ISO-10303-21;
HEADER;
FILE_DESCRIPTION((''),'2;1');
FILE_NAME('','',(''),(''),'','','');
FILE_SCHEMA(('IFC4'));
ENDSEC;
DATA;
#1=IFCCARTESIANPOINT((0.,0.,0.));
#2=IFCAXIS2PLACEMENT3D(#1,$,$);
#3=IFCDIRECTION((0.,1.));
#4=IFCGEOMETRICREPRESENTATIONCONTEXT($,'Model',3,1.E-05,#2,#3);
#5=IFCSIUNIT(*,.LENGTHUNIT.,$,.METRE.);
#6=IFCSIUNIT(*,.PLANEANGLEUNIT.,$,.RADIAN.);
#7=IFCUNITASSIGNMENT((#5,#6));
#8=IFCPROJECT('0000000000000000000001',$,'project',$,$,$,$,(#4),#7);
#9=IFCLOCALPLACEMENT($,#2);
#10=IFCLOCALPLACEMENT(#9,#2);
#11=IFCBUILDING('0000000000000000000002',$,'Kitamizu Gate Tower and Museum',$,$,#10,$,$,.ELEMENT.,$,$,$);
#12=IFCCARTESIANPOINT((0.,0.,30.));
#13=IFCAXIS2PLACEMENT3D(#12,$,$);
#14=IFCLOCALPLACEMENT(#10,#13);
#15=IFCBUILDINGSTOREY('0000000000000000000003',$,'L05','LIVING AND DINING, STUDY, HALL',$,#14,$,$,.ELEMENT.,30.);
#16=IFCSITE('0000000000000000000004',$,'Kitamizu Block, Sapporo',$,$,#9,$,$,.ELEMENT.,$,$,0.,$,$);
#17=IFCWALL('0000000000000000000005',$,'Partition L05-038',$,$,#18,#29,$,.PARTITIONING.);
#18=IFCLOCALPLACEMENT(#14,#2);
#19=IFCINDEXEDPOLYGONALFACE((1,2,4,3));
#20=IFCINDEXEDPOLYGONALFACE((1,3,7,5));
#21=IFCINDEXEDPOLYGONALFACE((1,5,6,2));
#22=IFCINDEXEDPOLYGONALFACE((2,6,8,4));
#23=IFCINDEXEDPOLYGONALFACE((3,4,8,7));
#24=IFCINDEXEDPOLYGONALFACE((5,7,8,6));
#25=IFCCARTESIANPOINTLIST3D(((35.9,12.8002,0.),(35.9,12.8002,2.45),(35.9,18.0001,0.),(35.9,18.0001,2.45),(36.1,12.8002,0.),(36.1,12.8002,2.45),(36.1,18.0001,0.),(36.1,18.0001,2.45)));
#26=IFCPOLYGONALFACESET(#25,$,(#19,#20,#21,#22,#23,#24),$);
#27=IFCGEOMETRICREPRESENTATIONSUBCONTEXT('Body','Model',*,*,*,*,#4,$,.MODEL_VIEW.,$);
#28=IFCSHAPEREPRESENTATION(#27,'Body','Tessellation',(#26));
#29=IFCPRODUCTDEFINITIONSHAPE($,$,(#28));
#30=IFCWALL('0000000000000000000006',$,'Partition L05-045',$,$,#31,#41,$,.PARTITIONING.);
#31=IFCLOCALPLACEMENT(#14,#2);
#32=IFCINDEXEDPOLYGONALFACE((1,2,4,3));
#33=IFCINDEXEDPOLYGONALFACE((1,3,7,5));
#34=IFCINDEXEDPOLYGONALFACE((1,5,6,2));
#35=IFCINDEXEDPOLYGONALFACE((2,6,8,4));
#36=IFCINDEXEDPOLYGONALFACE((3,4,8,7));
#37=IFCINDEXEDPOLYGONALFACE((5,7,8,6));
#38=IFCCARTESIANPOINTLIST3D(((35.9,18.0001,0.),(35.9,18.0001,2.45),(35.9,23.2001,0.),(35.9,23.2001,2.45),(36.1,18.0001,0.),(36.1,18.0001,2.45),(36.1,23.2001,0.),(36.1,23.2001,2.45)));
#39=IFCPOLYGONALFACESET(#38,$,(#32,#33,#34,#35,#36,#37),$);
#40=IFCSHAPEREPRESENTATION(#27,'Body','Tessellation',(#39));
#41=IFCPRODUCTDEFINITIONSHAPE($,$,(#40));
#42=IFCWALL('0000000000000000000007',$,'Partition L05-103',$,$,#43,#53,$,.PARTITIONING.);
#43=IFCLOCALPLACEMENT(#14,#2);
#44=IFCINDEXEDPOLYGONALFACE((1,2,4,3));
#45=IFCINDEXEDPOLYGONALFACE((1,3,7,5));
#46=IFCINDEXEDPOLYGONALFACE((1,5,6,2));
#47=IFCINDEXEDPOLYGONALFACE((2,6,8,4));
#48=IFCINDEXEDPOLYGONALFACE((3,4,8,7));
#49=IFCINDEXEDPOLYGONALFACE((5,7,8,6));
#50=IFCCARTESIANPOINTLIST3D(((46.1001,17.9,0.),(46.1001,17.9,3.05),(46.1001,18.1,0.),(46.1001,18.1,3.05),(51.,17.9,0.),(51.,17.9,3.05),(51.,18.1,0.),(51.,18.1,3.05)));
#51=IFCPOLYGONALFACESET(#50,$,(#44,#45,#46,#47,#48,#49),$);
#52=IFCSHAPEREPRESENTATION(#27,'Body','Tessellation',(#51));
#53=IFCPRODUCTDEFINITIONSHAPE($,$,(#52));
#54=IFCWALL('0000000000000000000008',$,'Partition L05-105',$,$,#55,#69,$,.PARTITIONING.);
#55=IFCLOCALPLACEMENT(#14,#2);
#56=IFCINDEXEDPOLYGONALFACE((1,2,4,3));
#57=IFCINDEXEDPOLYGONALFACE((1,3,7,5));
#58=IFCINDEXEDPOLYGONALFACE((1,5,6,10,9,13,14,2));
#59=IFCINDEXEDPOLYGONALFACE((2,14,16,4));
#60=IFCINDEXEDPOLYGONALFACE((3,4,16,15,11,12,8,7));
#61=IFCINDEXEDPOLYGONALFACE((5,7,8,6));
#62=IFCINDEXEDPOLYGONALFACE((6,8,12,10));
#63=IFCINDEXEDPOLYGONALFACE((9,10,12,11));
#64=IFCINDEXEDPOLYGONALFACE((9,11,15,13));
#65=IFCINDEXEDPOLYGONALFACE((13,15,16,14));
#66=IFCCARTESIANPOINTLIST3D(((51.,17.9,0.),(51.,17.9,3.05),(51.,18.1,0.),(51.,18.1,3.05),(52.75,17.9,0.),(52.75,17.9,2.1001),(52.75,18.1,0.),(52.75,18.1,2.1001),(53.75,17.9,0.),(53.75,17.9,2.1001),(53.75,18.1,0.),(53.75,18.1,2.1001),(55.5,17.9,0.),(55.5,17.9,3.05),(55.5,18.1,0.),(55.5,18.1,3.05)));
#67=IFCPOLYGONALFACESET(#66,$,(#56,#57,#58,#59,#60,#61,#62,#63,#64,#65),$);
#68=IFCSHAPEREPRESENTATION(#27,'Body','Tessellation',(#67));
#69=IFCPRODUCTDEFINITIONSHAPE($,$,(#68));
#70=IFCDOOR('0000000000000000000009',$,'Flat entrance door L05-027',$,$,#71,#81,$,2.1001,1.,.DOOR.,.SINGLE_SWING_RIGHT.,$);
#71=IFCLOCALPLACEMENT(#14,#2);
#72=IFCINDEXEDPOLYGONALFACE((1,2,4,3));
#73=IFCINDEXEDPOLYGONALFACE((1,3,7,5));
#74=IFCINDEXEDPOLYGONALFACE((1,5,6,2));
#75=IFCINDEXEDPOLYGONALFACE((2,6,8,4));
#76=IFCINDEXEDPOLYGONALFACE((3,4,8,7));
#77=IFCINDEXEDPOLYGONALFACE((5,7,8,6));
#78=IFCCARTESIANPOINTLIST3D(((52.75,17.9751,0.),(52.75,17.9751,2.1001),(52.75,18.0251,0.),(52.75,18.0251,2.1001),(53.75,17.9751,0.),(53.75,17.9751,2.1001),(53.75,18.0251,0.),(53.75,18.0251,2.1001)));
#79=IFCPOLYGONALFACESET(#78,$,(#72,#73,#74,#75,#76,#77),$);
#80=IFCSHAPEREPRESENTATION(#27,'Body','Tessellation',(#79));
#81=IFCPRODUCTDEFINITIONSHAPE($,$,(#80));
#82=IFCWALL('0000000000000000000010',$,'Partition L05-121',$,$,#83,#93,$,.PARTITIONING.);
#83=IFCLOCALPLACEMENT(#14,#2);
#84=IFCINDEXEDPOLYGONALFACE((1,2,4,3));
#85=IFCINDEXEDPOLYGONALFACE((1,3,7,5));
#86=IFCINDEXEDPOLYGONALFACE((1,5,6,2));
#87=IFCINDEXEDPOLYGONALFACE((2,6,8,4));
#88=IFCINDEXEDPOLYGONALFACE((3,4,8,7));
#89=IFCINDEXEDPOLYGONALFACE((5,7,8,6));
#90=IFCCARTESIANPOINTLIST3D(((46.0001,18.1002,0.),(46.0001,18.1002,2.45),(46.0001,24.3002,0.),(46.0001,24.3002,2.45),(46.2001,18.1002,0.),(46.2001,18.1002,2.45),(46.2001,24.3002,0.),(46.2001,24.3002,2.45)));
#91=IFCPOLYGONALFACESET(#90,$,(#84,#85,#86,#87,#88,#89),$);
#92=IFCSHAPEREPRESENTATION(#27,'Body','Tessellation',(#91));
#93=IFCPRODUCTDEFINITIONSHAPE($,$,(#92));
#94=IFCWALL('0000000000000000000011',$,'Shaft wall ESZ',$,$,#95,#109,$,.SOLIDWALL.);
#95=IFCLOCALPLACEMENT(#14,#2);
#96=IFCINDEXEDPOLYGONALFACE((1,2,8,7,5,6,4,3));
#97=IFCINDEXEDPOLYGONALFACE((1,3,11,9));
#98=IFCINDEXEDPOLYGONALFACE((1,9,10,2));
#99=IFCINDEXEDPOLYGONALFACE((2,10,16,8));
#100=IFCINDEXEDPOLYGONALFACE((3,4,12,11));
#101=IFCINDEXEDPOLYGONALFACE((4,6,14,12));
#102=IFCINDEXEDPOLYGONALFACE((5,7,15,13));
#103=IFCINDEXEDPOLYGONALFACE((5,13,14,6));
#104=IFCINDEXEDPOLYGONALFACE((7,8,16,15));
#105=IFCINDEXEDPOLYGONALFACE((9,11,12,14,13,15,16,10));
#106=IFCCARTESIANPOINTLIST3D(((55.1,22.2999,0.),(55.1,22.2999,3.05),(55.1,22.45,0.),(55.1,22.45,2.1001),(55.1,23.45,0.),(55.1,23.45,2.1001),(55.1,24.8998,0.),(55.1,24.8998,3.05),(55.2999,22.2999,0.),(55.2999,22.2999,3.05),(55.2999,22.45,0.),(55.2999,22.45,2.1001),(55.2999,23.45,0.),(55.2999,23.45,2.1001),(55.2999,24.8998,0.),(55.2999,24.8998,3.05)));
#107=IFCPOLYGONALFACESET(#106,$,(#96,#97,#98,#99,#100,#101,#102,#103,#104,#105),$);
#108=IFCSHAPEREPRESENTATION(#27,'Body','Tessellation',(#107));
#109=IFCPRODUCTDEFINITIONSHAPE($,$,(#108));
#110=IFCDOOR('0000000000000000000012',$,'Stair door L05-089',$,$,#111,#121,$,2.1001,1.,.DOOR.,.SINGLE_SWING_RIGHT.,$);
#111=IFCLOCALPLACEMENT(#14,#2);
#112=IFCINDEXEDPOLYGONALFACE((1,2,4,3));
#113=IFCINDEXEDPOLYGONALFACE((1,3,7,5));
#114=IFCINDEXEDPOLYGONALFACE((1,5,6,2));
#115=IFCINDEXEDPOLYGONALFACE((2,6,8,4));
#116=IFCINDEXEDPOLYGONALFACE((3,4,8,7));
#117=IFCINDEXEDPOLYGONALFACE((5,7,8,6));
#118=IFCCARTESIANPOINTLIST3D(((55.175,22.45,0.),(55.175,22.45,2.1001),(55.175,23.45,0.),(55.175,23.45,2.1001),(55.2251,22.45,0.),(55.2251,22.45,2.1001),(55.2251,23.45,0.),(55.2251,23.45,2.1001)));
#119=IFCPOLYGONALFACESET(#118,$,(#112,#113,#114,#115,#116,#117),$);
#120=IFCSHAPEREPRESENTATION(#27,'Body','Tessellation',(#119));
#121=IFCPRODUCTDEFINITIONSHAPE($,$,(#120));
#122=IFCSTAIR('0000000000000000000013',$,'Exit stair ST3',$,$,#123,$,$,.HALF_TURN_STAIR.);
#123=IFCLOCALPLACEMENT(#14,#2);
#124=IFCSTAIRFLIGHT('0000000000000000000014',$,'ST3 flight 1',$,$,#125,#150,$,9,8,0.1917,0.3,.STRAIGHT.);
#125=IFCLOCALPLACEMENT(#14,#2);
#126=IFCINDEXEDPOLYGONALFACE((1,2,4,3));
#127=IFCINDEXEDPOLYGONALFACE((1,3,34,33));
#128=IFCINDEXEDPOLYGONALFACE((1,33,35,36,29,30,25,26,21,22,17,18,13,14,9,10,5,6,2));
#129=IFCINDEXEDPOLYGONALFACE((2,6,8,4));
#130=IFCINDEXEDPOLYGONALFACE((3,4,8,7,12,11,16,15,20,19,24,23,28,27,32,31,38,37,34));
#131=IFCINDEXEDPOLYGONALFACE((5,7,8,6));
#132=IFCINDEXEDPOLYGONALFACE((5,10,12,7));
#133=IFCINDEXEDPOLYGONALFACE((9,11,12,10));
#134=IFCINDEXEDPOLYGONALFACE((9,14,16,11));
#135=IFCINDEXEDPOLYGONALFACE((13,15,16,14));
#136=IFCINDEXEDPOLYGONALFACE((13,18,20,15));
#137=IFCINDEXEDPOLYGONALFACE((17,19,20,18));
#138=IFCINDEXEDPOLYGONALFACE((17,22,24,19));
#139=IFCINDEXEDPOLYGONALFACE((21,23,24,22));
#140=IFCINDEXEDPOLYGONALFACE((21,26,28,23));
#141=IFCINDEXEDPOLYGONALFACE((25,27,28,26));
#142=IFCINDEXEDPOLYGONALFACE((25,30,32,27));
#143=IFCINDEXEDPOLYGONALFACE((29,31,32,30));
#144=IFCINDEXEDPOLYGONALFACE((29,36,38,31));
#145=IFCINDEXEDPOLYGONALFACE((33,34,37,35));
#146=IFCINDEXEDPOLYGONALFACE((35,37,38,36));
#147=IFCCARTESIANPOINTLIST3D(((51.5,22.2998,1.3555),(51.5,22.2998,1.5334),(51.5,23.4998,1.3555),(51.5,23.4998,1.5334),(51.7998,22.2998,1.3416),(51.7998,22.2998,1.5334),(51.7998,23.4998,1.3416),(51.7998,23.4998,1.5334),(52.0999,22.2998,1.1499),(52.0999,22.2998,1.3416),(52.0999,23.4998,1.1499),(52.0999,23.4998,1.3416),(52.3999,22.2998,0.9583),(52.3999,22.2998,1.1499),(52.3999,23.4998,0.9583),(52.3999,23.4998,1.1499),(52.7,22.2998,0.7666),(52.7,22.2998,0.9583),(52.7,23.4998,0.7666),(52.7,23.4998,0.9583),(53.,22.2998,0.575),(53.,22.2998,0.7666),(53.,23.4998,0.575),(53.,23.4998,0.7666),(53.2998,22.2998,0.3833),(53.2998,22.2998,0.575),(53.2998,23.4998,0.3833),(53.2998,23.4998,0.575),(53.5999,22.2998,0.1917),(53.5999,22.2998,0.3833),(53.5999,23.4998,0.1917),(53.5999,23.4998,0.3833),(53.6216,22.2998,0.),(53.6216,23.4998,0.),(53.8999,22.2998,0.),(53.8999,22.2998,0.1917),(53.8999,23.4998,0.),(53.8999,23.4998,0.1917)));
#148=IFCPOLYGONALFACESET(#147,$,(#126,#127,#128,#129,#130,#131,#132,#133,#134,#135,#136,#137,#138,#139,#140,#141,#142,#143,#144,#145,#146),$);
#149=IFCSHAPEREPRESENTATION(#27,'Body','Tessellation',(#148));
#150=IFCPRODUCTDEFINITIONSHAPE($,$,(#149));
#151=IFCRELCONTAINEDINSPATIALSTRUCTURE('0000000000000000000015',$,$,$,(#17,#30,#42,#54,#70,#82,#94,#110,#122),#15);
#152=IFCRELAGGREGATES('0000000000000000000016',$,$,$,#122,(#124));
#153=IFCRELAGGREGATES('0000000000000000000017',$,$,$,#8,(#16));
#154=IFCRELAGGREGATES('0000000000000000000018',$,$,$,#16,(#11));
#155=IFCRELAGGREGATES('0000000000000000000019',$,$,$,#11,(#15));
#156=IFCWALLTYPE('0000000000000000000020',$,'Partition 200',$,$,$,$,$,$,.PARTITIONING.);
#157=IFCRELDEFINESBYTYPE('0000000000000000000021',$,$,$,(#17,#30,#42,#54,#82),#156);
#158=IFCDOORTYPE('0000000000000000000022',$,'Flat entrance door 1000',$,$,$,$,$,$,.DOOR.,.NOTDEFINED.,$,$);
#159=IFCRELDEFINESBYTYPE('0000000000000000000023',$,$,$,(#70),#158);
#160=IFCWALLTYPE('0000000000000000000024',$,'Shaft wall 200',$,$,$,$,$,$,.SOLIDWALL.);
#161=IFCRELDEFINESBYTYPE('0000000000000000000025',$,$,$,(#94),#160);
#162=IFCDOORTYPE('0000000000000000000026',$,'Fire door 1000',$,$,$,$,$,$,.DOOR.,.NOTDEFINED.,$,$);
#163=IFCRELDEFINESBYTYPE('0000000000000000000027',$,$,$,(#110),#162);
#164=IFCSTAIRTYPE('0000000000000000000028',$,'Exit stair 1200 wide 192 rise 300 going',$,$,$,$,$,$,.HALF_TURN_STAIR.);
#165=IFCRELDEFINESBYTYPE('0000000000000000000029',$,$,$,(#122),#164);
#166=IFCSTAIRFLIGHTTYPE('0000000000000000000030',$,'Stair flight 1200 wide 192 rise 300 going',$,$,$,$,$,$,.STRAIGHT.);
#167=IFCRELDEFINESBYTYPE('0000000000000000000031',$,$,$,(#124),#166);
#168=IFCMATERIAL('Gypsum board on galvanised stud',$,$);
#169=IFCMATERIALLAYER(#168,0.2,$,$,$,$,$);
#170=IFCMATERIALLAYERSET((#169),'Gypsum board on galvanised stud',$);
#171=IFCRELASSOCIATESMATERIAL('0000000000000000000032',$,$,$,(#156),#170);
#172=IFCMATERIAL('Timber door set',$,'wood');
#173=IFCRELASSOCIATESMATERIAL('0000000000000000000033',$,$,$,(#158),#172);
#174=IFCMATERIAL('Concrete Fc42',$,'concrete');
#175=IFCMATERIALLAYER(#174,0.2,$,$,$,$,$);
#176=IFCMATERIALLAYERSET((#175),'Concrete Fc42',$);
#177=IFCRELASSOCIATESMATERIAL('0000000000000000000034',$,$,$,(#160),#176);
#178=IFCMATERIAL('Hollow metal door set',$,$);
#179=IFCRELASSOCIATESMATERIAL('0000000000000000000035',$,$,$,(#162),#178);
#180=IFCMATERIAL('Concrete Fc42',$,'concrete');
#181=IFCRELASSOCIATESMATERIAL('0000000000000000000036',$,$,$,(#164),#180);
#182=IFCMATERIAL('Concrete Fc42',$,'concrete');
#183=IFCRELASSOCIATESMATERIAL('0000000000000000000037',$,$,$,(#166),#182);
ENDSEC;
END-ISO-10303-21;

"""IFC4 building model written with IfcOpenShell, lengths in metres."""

from ifc_helpers import new_model, si_unit, direction, frame, frame_2d, origin, place, context, subcontext, project, spatial, polyline, rectangle, outline, extrude, material, layer, layer_set, type_object, element, fill, aggregate, save


model = new_model("IFC4")

# Units and contexts
model_context = context("Model", 3, precision=1e-05, world=origin(), true_north=direction((0.0, 1.0)))
body_context = subcontext(model_context, "Body", "Model", "MODEL_VIEW")
ifc_project = project(units=[si_unit("LENGTHUNIT", "METRE"), si_unit("PLANEANGLEUNIT", "RADIAN")], contexts=[model_context])

# Site, building, storey
site_placement = place(None, origin())
site = spatial("IfcSite", under=ifc_project, at=site_placement, Name="Kitamizu Block, Sapporo", CompositionType="ELEMENT", RefElevation=0.0)
building_placement = place(site_placement, origin())
building = spatial("IfcBuilding", under=site, at=building_placement, Name="Kitamizu Gate Tower and Museum", CompositionType="ELEMENT")
storey_placement = place(building_placement, frame((0.0, 0.0, 30.0)))
storey = spatial("IfcBuildingStorey", under=building, at=storey_placement, Name="L05", Description="LIVING AND DINING, STUDY, HALL", CompositionType="ELEMENT", Elevation=30.0)

# Walls
ifc_material_1 = material(Name="Gypsum board on galvanised stud")
ifc_layer_1 = layer(ifc_material_1, 0.2)
ifc_layer_set_1 = layer_set([ifc_layer_1], Name="Gypsum board on galvanised stud")
wall_type_1 = type_object("IfcWallType", Name="Partition 200", PredefinedType="PARTITIONING", material=ifc_layer_set_1)
for number, where, z_axis, x_axis, name in (
    (1, (36.0, 12.8, 0.0), (0.0, 0.0, 1.0), (0.0, 1.0, 0.0), "Partition L05-038"),
    (2, (36.0, 18.0, 0.0), (0.0, 0.0, 1.0), (0.0, 1.0, 0.0), "Partition L05-045"),
):
    element("IfcWall", number, at=place(storey_placement, frame(where, z_axis=z_axis, x_axis=x_axis)), inside=storey, type_object=wall_type_1, Name=name, PredefinedType="PARTITIONING", context=body_context, shape_type="SweptSolid", body=[
        extrude(rectangle(XDim=5.2, YDim=0.2, at=frame_2d((2.6001, 0.0))), origin(), (0.0, 0.0, 1.0), 2.45),
    ])
wall_1_placement = place(storey_placement, frame((51.0, 18.0, 0.0), z_axis=(0.0, 0.0, 1.0), x_axis=(-1.0, 0.0, 0.0)))
element("IfcWall", 3, at=wall_1_placement, inside=storey, type_object=wall_type_1, Name="Partition L05-103", PredefinedType="PARTITIONING", context=body_context, shape_type="SweptSolid", body=[
    extrude(rectangle(XDim=4.8999, YDim=0.2, at=frame_2d((2.45, 0.0))), origin(), (0.0, 0.0, 1.0), 3.05),
])

# Wall, opening, door
wall_2_placement = place(storey_placement, frame((55.5, 18.0, 0.0), z_axis=(0.0, 0.0, 1.0), x_axis=(-1.0, 0.0, 0.0)))
wall_2 = element("IfcWall", 4, at=wall_2_placement, inside=storey, type_object=wall_type_1, Name="Partition L05-105", PredefinedType="PARTITIONING", context=body_context, shape_type="SweptSolid", body=[
    extrude(rectangle(XDim=4.5, YDim=0.2, at=frame_2d((2.25, 0.0))), origin(), (0.0, 0.0, 1.0), 3.05),
])
opening_1_placement = place(wall_2_placement, frame((1.75, 0.0, 0.0)))
opening_1 = element("IfcOpeningElement", 5, at=opening_1_placement, cuts=wall_2, PredefinedType="OPENING", context=body_context, shape_type="SweptSolid", body=[
    extrude(rectangle(XDim=1.0, YDim=2.1001, at=frame_2d((0.5, 1.05))), frame((0.0, 0.1099, 0.0), z_axis=(0.0, -1.0, 0.0), x_axis=(1.0, 0.0, 0.0)), (0.0, 0.0, 1.0), 0.22),
])
ifc_material_2 = material(Name="Timber door set", Category="wood")
door_type_1 = type_object("IfcDoorType", Name="Flat entrance door 1000", OperationType="NOTDEFINED", PredefinedType="DOOR", material=ifc_material_2)
door_1_placement = place(opening_1_placement, origin())
door_1 = element("IfcDoor", 6, at=door_1_placement, inside=storey, type_object=door_type_1, Name="Flat entrance door L05-027", OperationType="SINGLE_SWING_RIGHT", OverallHeight=2.1001, OverallWidth=1.0, PredefinedType="DOOR", context=body_context, shape_type="SweptSolid", body=[
    extrude(rectangle(XDim=1.0, YDim=2.1001, at=frame_2d((0.5, 1.05))), frame((0.0, 0.0249, 0.0), z_axis=(0.0, -1.0, 0.0), x_axis=(1.0, 0.0, 0.0)), (0.0, 0.0, 1.0), 0.05),
])
fill(opening_1, door_1)

# Wall
wall_3_placement = place(storey_placement, frame((46.1001, 18.1001, 0.0), z_axis=(0.0, 0.0, 1.0), x_axis=(0.0, 1.0, 0.0)))
element("IfcWall", 7, at=wall_3_placement, inside=storey, type_object=wall_type_1, Name="Partition L05-121", PredefinedType="PARTITIONING", context=body_context, shape_type="SweptSolid", body=[
    extrude(rectangle(XDim=6.2, YDim=0.2, at=frame_2d((3.1001, 0.0))), origin(), (0.0, 0.0, 1.0), 2.45),
])

# Wall, opening, door
ifc_material_3 = material(Name="Concrete Fc42", Category="concrete")
ifc_layer_2 = layer(ifc_material_3, 0.2)
ifc_layer_set_2 = layer_set([ifc_layer_2], Name="Concrete Fc42")
wall_type_2 = type_object("IfcWallType", Name="Shaft wall 200", PredefinedType="SOLIDWALL", material=ifc_layer_set_2)
wall_4_placement = place(storey_placement, frame((55.2, 22.3, 0.0), z_axis=(0.0, 0.0, 1.0), x_axis=(0.0, 1.0, 0.0)))
wall_4 = element("IfcWall", 8, at=wall_4_placement, inside=storey, type_object=wall_type_2, Name="Shaft wall ESZ", PredefinedType="SOLIDWALL", context=body_context, shape_type="SweptSolid", body=[
    extrude(rectangle(XDim=2.5999, YDim=0.2, at=frame_2d((1.2998, 0.0))), origin(), (0.0, 0.0, 1.0), 3.05),
])
opening_2_placement = place(wall_4_placement, frame((0.1499, 0.0, 0.0)))
opening_2 = element("IfcOpeningElement", 9, at=opening_2_placement, cuts=wall_4, PredefinedType="OPENING", context=body_context, shape_type="SweptSolid", body=[
    extrude(rectangle(XDim=1.0, YDim=2.1001, at=frame_2d((0.5, 1.05))), frame((0.0, 0.1099, 0.0), z_axis=(0.0, -1.0, 0.0), x_axis=(1.0, 0.0, 0.0)), (0.0, 0.0, 1.0), 0.22),
])
ifc_material_4 = material(Name="Hollow metal door set")
door_type_2 = type_object("IfcDoorType", Name="Fire door 1000", OperationType="NOTDEFINED", PredefinedType="DOOR", material=ifc_material_4)
door_2_placement = place(opening_2_placement, origin())
door_2 = element("IfcDoor", 10, at=door_2_placement, inside=storey, type_object=door_type_2, Name="Stair door L05-089", OperationType="SINGLE_SWING_RIGHT", OverallHeight=2.1001, OverallWidth=1.0, PredefinedType="DOOR", context=body_context, shape_type="SweptSolid", body=[
    extrude(rectangle(XDim=1.0, YDim=2.1001, at=frame_2d((0.5, 1.05))), frame((0.0, 0.0249, 0.0), z_axis=(0.0, -1.0, 0.0), x_axis=(1.0, 0.0, 0.0)), (0.0, 0.0, 1.0), 0.05),
])
fill(opening_2, door_2)

# Stair, stair flight
ifc_material_5 = material(Name="Concrete Fc42", Category="concrete")
stair_type = type_object("IfcStairType", Name="Exit stair 1200 wide 192 rise 300 going", PredefinedType="HALF_TURN_STAIR", material=ifc_material_5)
stair_placement = place(storey_placement, origin())
stair = element("IfcStair", 11, at=stair_placement, inside=storey, type_object=stair_type, Name="Exit stair ST3", PredefinedType="HALF_TURN_STAIR")
ifc_material_6 = material(Name="Concrete Fc42", Category="concrete")
stair_flight_type = type_object("IfcStairFlightType", Name="Stair flight 1200 wide 192 rise 300 going", PredefinedType="STRAIGHT", material=ifc_material_6)
stair_flight_placement = place(storey_placement, frame((53.8999, 22.8999, 0.0), z_axis=(0.0, 0.0, 1.0), x_axis=(-1.0, 0.0, 0.0)))
stair_flight = element("IfcStairFlight", 12, at=stair_flight_placement, type_object=stair_flight_type, Name="ST3 flight 1", NumberOfRisers=9, NumberOfTreads=8, PredefinedType="STRAIGHT", RiserHeight=0.1917, TreadLength=0.3, context=body_context, shape_type="SweptSolid", body=[
    extrude(outline(polyline([(0.0, 0.0), (0.0, 0.1917), (0.3, 0.1917), (0.3, 0.3833), (0.6001, 0.3833), (0.6001, 0.575), (0.8999, 0.575), (0.8999, 0.7666), (1.2, 0.7666), (1.2, 0.9583), (1.5, 0.9583), (1.5, 1.1499), (1.8, 1.1499), (1.8, 1.3416), (2.1001, 1.3416), (2.1001, 1.5334), (2.3999, 1.5334), (2.3999, 1.7251), (2.3999, 1.3555), (0.2783, 0.0), (0.0, 0.0)])), frame((0.0, 0.6001, 0.0), z_axis=(0.0, -1.0, 0.0), x_axis=(1.0, 0.0, 0.0)), (0.0, 0.0, 1.0), 1.2),
])
aggregate(stair, [stair_flight])

save(model, "model.ifc")
